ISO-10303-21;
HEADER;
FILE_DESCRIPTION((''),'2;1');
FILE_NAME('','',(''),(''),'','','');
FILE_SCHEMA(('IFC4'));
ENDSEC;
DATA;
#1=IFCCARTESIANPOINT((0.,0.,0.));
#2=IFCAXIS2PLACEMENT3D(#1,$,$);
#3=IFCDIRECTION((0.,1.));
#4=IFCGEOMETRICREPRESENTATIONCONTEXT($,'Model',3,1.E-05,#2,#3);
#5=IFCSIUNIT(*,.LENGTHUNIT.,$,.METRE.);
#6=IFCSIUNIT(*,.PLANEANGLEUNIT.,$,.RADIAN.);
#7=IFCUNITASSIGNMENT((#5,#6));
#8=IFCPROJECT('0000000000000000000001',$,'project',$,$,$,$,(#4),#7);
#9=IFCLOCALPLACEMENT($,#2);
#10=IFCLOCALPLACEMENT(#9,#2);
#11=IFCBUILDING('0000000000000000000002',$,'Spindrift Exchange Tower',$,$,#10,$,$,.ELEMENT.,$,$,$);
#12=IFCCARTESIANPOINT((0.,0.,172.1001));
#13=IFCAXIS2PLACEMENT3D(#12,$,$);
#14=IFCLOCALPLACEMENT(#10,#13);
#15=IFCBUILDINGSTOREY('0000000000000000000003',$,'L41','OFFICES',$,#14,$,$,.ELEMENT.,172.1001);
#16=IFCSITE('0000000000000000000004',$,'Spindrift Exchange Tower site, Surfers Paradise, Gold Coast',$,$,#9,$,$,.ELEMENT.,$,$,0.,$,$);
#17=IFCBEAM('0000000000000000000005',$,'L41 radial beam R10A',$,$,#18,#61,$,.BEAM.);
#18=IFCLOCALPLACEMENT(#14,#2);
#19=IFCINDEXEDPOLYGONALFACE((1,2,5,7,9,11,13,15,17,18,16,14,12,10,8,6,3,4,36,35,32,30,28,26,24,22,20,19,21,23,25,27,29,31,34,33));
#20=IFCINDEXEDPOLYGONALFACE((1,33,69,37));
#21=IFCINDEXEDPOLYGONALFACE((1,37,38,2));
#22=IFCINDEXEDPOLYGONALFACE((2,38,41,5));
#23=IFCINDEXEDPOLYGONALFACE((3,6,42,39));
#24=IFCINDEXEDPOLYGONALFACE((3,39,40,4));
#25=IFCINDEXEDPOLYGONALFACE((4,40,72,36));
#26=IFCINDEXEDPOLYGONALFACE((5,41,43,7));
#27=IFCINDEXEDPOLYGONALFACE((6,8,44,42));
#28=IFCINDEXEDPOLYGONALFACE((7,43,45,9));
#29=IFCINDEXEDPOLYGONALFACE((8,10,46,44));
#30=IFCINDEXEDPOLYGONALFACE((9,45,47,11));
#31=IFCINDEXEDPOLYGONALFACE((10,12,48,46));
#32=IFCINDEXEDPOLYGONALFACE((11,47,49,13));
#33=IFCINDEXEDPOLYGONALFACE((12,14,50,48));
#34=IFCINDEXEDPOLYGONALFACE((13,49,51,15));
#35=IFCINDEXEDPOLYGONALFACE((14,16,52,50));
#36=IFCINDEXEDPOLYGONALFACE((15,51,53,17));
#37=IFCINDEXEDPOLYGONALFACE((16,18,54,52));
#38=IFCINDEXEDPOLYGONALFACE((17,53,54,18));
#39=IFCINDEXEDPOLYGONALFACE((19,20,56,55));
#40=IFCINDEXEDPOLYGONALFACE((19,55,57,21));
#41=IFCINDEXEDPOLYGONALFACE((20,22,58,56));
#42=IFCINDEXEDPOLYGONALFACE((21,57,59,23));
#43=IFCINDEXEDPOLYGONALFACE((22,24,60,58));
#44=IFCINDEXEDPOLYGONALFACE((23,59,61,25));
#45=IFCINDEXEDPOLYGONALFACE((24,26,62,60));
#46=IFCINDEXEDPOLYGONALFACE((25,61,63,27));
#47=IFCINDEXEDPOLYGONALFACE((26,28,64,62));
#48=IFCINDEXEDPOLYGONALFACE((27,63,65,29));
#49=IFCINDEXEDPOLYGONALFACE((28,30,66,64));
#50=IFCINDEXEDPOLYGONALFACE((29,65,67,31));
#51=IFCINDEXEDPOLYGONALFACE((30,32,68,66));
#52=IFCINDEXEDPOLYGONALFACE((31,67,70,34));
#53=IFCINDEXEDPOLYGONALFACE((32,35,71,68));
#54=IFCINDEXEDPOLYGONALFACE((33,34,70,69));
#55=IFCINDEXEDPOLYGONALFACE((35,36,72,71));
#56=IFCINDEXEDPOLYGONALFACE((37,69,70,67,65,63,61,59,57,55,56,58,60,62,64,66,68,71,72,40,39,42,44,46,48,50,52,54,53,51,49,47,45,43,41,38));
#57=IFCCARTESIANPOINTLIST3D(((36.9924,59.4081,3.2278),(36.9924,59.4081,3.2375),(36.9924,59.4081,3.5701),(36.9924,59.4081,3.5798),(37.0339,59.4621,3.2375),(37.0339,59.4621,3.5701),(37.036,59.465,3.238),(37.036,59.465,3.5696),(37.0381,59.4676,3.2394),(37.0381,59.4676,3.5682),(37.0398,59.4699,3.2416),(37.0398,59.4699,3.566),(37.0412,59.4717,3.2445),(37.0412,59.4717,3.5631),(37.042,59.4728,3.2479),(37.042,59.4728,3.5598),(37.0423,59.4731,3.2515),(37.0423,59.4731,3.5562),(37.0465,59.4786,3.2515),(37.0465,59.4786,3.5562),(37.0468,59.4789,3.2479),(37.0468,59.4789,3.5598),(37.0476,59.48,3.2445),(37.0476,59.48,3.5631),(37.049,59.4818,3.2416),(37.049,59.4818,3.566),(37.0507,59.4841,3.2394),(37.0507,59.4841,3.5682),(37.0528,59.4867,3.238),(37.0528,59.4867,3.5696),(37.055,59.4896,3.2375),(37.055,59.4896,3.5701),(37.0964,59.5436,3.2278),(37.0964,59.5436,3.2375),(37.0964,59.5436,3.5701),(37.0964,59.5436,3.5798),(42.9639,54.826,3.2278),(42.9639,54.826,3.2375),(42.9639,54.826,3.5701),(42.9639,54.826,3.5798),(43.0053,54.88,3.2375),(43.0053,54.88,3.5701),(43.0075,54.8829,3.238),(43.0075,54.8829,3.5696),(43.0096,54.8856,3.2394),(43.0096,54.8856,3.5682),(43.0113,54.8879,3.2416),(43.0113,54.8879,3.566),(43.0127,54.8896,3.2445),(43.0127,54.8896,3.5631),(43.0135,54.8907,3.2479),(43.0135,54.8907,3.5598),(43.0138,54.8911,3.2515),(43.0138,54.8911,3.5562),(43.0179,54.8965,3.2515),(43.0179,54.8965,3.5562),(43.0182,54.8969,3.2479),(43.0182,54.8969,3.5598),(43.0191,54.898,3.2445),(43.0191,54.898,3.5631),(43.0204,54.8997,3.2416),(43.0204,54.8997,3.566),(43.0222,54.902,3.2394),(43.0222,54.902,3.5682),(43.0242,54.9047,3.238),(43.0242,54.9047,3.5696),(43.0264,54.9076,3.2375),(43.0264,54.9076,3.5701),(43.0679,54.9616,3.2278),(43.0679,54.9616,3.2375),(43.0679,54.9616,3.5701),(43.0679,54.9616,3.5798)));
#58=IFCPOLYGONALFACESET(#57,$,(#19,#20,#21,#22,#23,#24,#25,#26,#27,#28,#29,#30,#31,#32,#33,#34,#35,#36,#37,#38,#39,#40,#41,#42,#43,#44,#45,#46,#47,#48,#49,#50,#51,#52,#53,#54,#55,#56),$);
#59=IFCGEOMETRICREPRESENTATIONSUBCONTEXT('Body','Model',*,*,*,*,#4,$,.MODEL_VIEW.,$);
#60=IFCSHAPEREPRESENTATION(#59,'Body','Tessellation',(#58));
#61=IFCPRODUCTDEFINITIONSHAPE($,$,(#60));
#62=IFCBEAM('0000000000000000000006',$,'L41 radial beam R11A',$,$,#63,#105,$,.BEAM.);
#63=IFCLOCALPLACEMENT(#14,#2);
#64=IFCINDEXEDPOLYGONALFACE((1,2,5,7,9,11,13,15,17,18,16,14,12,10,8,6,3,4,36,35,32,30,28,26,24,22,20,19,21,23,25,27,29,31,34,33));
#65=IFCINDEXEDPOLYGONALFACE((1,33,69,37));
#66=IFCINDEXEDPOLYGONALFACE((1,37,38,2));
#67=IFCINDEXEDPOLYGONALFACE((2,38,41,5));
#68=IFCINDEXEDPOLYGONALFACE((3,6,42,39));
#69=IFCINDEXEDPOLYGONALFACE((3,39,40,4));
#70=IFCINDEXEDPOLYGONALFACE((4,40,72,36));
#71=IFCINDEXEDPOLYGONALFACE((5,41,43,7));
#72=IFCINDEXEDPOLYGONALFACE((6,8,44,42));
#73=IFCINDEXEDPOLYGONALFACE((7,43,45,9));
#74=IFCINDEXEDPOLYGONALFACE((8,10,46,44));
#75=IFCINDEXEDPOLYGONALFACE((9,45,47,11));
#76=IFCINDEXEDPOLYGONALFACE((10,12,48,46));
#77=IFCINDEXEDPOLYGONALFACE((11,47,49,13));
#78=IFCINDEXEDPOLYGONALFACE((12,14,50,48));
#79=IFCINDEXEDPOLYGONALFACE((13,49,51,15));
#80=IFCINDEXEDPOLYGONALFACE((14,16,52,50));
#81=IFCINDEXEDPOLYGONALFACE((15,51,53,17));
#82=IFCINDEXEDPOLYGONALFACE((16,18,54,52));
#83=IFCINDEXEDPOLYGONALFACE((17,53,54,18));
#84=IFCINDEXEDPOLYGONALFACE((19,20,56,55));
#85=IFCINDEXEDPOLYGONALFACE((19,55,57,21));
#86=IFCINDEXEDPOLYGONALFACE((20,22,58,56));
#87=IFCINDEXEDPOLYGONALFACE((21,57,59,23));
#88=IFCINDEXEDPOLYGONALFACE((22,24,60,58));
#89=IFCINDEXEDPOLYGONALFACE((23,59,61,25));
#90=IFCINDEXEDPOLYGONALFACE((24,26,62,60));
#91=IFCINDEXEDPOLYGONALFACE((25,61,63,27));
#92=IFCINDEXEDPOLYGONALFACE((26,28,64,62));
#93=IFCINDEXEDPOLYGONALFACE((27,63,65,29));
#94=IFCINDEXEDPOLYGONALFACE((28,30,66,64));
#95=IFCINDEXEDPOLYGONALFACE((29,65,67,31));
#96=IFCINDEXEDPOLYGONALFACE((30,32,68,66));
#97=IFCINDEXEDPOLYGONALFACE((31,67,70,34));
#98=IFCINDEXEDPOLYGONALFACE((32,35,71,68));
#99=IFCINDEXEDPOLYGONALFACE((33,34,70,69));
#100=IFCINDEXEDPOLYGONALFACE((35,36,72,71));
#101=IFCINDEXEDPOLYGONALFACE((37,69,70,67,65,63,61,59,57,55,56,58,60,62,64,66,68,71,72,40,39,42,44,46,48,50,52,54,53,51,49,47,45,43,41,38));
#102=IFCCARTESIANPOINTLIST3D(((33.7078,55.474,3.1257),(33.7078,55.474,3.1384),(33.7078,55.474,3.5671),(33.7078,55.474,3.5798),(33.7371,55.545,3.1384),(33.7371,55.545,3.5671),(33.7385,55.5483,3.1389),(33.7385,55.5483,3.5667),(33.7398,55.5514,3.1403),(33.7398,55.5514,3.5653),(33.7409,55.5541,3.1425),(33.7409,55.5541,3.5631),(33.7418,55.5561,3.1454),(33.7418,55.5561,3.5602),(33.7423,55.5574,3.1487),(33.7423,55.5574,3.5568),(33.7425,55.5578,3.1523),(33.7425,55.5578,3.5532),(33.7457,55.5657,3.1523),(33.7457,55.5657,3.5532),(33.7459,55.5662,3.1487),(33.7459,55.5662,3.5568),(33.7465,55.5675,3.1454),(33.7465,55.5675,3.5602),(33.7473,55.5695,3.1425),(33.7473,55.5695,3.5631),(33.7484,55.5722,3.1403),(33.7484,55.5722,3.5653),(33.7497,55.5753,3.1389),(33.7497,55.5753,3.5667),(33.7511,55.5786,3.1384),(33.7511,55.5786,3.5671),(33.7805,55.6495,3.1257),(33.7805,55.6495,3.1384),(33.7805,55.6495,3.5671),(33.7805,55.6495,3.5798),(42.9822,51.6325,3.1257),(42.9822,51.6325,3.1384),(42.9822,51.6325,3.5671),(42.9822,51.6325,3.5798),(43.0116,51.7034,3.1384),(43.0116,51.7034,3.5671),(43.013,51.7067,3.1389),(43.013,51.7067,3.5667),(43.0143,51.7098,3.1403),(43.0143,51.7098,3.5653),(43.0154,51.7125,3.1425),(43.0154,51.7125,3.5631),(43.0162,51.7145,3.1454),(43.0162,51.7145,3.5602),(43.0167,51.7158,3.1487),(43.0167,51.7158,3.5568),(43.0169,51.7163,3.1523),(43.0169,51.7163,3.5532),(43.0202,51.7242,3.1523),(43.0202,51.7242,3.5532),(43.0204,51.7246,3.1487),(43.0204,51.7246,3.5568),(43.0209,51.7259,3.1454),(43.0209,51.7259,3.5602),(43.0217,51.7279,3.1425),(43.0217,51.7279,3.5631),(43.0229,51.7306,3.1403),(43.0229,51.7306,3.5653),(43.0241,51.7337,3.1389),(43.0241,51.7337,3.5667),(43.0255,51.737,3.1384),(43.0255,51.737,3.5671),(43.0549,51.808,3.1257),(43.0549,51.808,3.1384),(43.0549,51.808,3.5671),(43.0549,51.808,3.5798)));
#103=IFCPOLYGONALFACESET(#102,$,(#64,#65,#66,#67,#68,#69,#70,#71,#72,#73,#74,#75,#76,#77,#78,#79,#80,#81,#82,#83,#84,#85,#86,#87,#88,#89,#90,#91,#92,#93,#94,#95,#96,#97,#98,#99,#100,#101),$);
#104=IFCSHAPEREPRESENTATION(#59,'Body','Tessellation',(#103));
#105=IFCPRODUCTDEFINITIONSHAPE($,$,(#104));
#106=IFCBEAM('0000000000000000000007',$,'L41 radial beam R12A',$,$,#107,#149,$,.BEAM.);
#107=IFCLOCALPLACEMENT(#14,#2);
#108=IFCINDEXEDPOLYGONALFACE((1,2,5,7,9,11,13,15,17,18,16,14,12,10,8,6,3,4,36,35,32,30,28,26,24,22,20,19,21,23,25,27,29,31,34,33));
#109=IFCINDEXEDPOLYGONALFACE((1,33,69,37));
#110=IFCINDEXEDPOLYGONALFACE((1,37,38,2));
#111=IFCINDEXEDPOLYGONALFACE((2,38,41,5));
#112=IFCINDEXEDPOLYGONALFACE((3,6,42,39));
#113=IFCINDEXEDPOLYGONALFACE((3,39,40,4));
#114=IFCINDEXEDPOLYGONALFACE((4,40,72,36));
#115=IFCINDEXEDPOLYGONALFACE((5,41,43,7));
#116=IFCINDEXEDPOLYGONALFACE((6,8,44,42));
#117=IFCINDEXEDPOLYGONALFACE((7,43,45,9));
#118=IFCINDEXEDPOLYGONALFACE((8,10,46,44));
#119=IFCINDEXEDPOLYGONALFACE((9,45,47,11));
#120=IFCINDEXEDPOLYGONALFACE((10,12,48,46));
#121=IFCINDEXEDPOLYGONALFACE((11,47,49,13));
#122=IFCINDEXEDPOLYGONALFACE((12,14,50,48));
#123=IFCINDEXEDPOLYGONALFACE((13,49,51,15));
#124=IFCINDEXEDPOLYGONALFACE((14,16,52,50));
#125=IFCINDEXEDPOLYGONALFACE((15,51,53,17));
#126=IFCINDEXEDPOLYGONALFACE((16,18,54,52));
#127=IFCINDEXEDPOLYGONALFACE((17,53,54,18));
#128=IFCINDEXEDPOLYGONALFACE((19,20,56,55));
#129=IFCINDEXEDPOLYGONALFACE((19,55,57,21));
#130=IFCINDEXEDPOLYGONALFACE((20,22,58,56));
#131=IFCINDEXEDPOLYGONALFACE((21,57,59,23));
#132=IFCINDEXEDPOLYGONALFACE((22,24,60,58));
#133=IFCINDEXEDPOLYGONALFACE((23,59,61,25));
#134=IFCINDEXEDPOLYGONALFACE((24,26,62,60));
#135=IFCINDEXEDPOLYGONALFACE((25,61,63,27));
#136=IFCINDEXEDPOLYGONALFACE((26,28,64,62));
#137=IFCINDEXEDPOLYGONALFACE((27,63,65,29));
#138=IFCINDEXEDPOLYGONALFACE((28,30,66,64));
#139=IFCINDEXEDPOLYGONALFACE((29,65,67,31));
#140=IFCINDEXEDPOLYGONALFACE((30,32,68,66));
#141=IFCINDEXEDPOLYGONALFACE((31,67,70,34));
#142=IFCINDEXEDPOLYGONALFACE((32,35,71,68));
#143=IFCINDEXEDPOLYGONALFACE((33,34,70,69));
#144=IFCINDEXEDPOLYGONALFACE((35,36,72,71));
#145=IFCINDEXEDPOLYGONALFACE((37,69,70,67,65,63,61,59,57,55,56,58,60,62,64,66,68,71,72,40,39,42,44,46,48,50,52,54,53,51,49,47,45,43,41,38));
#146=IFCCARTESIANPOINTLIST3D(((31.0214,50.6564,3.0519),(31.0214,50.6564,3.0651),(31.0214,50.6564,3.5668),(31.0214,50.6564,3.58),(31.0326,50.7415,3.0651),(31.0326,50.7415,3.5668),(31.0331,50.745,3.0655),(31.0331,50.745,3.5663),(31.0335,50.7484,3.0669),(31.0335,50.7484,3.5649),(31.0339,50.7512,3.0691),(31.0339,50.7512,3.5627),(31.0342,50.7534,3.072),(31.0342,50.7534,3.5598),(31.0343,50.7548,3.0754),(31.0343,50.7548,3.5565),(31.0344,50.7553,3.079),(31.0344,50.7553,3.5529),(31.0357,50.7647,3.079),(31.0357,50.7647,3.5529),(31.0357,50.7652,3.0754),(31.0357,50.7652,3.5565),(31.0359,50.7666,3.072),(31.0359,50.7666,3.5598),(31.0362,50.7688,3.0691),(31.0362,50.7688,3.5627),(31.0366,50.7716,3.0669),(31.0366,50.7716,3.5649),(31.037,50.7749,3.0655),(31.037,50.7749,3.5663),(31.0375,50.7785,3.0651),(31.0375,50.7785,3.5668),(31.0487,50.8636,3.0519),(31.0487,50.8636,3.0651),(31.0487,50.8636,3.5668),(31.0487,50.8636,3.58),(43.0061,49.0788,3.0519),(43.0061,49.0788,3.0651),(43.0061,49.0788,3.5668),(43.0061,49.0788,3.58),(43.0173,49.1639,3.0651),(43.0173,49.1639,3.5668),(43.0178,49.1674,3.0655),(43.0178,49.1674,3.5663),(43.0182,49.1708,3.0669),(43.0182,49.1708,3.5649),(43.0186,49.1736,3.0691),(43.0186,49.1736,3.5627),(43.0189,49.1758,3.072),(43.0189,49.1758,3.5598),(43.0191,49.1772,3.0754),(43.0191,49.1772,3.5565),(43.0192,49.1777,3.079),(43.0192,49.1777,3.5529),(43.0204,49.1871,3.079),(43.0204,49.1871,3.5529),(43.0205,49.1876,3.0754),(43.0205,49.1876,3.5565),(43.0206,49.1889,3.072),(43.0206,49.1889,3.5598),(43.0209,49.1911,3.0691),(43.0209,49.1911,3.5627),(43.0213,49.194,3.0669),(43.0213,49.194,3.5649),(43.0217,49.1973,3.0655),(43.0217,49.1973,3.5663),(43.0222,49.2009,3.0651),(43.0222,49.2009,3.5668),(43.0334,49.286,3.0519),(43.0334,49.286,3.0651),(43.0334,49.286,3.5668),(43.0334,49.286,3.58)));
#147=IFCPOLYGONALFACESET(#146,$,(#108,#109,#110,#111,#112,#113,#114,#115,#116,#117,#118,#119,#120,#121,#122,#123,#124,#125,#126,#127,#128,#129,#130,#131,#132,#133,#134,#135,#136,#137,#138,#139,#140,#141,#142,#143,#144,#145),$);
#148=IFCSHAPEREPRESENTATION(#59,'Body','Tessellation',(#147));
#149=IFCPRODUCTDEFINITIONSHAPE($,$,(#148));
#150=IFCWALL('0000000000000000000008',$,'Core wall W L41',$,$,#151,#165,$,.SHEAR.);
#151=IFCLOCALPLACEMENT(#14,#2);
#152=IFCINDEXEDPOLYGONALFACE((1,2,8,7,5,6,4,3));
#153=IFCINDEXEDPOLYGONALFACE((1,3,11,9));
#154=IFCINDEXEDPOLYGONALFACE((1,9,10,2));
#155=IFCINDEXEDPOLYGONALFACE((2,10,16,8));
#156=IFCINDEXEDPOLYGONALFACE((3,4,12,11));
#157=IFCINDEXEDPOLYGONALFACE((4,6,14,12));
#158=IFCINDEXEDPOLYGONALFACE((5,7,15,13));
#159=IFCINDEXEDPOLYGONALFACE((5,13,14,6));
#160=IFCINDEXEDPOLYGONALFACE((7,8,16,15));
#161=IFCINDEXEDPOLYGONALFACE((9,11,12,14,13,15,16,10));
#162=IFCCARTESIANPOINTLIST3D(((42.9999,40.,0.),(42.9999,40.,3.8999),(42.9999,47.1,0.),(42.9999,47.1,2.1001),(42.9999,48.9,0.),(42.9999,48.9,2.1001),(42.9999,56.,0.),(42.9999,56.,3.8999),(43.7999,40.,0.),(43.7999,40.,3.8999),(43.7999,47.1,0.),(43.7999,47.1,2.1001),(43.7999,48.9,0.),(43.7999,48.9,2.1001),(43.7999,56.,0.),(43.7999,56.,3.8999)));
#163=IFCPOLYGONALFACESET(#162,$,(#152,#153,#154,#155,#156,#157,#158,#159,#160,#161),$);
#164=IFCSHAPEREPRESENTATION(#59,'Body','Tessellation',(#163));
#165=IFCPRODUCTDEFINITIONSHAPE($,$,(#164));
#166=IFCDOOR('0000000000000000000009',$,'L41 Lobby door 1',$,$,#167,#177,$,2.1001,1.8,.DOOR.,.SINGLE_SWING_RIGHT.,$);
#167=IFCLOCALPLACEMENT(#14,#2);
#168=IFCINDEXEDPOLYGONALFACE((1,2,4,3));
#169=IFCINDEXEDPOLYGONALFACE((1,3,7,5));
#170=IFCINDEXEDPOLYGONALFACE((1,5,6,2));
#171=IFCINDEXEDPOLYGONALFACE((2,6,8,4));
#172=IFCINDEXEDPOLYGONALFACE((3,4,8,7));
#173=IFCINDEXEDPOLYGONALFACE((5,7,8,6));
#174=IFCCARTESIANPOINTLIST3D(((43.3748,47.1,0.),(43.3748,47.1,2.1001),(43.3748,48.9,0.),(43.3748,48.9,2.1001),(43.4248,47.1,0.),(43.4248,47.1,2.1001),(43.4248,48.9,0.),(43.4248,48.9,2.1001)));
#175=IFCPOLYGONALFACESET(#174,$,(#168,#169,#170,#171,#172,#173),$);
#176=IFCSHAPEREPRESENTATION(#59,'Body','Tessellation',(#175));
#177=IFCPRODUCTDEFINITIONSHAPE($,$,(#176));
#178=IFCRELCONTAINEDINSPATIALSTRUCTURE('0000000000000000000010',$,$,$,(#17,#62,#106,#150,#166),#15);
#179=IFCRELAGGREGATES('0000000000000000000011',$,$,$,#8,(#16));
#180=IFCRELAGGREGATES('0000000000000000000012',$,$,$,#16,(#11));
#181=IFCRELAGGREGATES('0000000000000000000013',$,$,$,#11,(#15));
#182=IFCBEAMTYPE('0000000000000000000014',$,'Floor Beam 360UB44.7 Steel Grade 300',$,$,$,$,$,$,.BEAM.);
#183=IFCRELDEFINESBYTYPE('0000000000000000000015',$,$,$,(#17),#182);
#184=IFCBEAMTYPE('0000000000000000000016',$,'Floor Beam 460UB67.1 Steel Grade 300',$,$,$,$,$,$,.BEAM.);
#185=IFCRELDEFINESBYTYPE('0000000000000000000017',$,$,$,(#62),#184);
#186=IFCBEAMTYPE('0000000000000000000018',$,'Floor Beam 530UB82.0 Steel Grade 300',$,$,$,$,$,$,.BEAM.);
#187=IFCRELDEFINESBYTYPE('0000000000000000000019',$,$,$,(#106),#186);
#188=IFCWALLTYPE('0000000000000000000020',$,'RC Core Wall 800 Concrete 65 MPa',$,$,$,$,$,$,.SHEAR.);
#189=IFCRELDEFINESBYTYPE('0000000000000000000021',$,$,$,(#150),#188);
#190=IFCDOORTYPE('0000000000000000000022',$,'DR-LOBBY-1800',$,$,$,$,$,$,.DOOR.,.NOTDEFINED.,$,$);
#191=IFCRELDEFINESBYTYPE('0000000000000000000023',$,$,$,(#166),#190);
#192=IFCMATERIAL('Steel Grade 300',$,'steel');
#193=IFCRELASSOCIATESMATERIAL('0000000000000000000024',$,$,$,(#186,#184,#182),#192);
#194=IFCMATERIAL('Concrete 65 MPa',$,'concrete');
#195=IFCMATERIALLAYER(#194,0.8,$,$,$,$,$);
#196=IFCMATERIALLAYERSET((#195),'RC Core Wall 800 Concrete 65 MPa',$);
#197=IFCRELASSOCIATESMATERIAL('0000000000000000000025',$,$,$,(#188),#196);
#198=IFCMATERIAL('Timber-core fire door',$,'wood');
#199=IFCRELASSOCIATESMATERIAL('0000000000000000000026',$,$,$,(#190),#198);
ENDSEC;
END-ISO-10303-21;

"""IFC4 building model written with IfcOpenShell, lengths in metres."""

from ifc_helpers import new_model, si_unit, direction, frame, frame_2d, origin, origin_2d, place, context, subcontext, project, spatial, rectangle, i_section, extrude, source, transform, mapped, material, layer, layer_set, material_profile, profile_set, type_object, element, fill, save


model = new_model("IFC4")

# Units and contexts
model_context = context("Model", 3, precision=1e-05, world=origin(), true_north=direction((0.0, 1.0)))
body_context = subcontext(model_context, "Body", "Model", "MODEL_VIEW")
ifc_project = project(units=[si_unit("LENGTHUNIT", "METRE"), si_unit("PLANEANGLEUNIT", "RADIAN")], contexts=[model_context])

# Site, building, storey
site_placement = place(None, origin())
site = spatial("IfcSite", under=ifc_project, at=site_placement, Name="Spindrift Exchange Tower site, Surfers Paradise, Gold Coast", CompositionType="ELEMENT", RefElevation=0.0)
building_placement = place(site_placement, origin())
building = spatial("IfcBuilding", under=site, at=building_placement, Name="Spindrift Exchange Tower", CompositionType="ELEMENT")
storey_placement = place(building_placement, frame((0.0, 0.0, 172.1001)))
storey = spatial("IfcBuildingStorey", under=building, at=storey_placement, Name="L41", Description="OFFICES", CompositionType="ELEMENT", Elevation=172.1001)

# Beams
ifc_material_1 = material(Name="Steel Grade 300", Category="steel")
ifc_material_profile_1 = material_profile(ifc_material_1, i_section(OverallWidth=0.209, OverallDepth=0.5281, WebThickness=0.0095, FlangeThickness=0.0132, FilletRadius=0.0139, at=origin_2d()), Name="530UB82.0")
ifc_profile_set_1 = profile_set([ifc_material_profile_1], Name="Steel Grade 300")
beam_type_1 = type_object("IfcBeamType", Name="Floor Beam 530UB82.0 Steel Grade 300", PredefinedType="BEAM", material=ifc_profile_set_1)
ifc_material_profile_2 = material_profile(ifc_material_1, i_section(OverallWidth=0.1899, OverallDepth=0.4541, WebThickness=0.0085, FlangeThickness=0.0127, FilletRadius=0.0139, at=origin_2d()), Name="460UB67.1")
ifc_profile_set_2 = profile_set([ifc_material_profile_2], Name="Steel Grade 300")
beam_type_2 = type_object("IfcBeamType", Name="Floor Beam 460UB67.1 Steel Grade 300", PredefinedType="BEAM", material=ifc_profile_set_2)
ifc_material_profile_3 = material_profile(ifc_material_1, i_section(OverallWidth=0.1709, OverallDepth=0.3521, WebThickness=0.0068, FlangeThickness=0.0098, FilletRadius=0.0139, at=origin_2d()), Name="360UB44.7")
ifc_profile_set_3 = profile_set([ifc_material_profile_3], Name="Steel Grade 300")
beam_type_3 = type_object("IfcBeamType", Name="Floor Beam 360UB44.7 Steel Grade 300", PredefinedType="BEAM", material=ifc_profile_set_3)
shared_shape_1 = source(origin(), body_context, "Body", "SweptSolid", [
    extrude(i_section(OverallWidth=0.1709, OverallDepth=0.3521, WebThickness=0.0068, FlangeThickness=0.0098, FilletRadius=0.0139, at=origin_2d()), origin(), (0.0, 0.0, 1.0), 7.5269),
])
beam_1_placement = place(storey_placement, frame((43.0159, 54.8938, 3.4038), z_axis=(-0.793354, 0.60876, 0.0), x_axis=(-0.60876, -0.793354, 0.0)))
element("IfcBeam", 1, at=beam_1_placement, inside=storey, type_object=beam_type_3, Name="L41 radial beam R10A", PredefinedType="BEAM", context=body_context, shape_type="MappedRepresentation", body=[
    mapped(shared_shape_1, transform((0.0, 0.0, 0.0), scale=1.0)),
])
shared_shape_2 = source(origin(), body_context, "Body", "SweptSolid", [
    extrude(i_section(OverallWidth=0.1899, OverallDepth=0.4541, WebThickness=0.0085, FlangeThickness=0.0127, FilletRadius=0.0139, at=origin_2d()), origin(), (0.0, 0.0, 1.0), 10.0386),
])
beam_2_placement = place(storey_placement, frame((43.0186, 51.7202, 3.3528), z_axis=(-0.923881, 0.38268, 0.0), x_axis=(-0.38268, -0.923881, 0.0)))
element("IfcBeam", 2, at=beam_2_placement, inside=storey, type_object=beam_type_2, Name="L41 radial beam R11A", PredefinedType="BEAM", context=body_context, shape_type="MappedRepresentation", body=[
    mapped(shared_shape_2, transform((0.0, 0.0, 0.0), scale=1.0)),
])
shared_shape_3 = source(origin(), body_context, "Body", "SweptSolid", [
    extrude(i_section(OverallWidth=0.209, OverallDepth=0.5281, WebThickness=0.0095, FlangeThickness=0.0132, FilletRadius=0.0139, at=origin_2d()), origin(), (0.0, 0.0, 1.0), 12.0881),
])
beam_3_placement = place(storey_placement, frame((43.0198, 49.1824, 3.3159), z_axis=(-0.991447, 0.13051, 0.0), x_axis=(-0.13051, -0.991447, 0.0)))
element("IfcBeam", 3, at=beam_3_placement, inside=storey, type_object=beam_type_1, Name="L41 radial beam R12A", PredefinedType="BEAM", context=body_context, shape_type="MappedRepresentation", body=[
    mapped(shared_shape_3, transform((0.0, 0.0, 0.0), scale=1.0)),
])

# Wall, opening, door
ifc_material_2 = material(Name="Concrete 65 MPa", Category="concrete")
ifc_layer_1 = layer(ifc_material_2, 0.8)
ifc_layer_set_1 = layer_set([ifc_layer_1], Name="RC Core Wall 800 Concrete 65 MPa")
wall_type_1 = type_object("IfcWallType", Name="RC Core Wall 800 Concrete 65 MPa", PredefinedType="SHEAR", material=ifc_layer_set_1)
wall_1_placement = place(storey_placement, frame((43.3999, 56.0, 0.0), z_axis=(0.0, 0.0, 1.0), x_axis=(0.0, -1.0, 0.0)))
wall_1 = element("IfcWall", 4, at=wall_1_placement, inside=storey, type_object=wall_type_1, Name="Core wall W L41", PredefinedType="SHEAR", context=body_context, shape_type="SweptSolid", body=[
    extrude(rectangle(XDim=16.0, YDim=0.8, at=frame_2d((8.0, 0.0))), origin(), (0.0, 0.0, 1.0), 3.8999),
])
opening_1_placement = place(wall_1_placement, frame((7.1001, 0.0, 0.0)))
opening_1 = element("IfcOpeningElement", 5, at=opening_1_placement, cuts=wall_1, PredefinedType="OPENING", context=body_context, shape_type="SweptSolid", body=[
    extrude(rectangle(XDim=1.8, YDim=2.1001, at=frame_2d((0.8999, 1.05))), frame((0.0, 0.4099, 0.0), z_axis=(0.0, -1.0, 0.0), x_axis=(1.0, 0.0, 0.0)), (0.0, 0.0, 1.0), 0.8201),
])
ifc_material_3 = material(Name="Timber-core fire door", Category="wood")
door_type_1 = type_object("IfcDoorType", Name="DR-LOBBY-1800", OperationType="NOTDEFINED", PredefinedType="DOOR", material=ifc_material_3)
shared_shape_4 = source(origin(), body_context, "Body", "SweptSolid", [
    extrude(rectangle(XDim=1.8, YDim=2.1001, at=frame_2d((0.8999, 1.05))), frame((0.0, 0.0249, 0.0), z_axis=(0.0, -1.0, 0.0), x_axis=(1.0, 0.0, 0.0)), (0.0, 0.0, 1.0), 0.05),
])
door_1_placement = place(opening_1_placement, origin())
door_1 = element("IfcDoor", 6, at=door_1_placement, inside=storey, type_object=door_type_1, Name="L41 Lobby door 1", OperationType="SINGLE_SWING_RIGHT", OverallHeight=2.1001, OverallWidth=1.8, PredefinedType="DOOR", context=body_context, shape_type="MappedRepresentation", body=[
    mapped(shared_shape_4, transform((0.0, 0.0, 0.0), scale=1.0)),
])
fill(opening_1, door_1)

save(model, "model.ifc")
